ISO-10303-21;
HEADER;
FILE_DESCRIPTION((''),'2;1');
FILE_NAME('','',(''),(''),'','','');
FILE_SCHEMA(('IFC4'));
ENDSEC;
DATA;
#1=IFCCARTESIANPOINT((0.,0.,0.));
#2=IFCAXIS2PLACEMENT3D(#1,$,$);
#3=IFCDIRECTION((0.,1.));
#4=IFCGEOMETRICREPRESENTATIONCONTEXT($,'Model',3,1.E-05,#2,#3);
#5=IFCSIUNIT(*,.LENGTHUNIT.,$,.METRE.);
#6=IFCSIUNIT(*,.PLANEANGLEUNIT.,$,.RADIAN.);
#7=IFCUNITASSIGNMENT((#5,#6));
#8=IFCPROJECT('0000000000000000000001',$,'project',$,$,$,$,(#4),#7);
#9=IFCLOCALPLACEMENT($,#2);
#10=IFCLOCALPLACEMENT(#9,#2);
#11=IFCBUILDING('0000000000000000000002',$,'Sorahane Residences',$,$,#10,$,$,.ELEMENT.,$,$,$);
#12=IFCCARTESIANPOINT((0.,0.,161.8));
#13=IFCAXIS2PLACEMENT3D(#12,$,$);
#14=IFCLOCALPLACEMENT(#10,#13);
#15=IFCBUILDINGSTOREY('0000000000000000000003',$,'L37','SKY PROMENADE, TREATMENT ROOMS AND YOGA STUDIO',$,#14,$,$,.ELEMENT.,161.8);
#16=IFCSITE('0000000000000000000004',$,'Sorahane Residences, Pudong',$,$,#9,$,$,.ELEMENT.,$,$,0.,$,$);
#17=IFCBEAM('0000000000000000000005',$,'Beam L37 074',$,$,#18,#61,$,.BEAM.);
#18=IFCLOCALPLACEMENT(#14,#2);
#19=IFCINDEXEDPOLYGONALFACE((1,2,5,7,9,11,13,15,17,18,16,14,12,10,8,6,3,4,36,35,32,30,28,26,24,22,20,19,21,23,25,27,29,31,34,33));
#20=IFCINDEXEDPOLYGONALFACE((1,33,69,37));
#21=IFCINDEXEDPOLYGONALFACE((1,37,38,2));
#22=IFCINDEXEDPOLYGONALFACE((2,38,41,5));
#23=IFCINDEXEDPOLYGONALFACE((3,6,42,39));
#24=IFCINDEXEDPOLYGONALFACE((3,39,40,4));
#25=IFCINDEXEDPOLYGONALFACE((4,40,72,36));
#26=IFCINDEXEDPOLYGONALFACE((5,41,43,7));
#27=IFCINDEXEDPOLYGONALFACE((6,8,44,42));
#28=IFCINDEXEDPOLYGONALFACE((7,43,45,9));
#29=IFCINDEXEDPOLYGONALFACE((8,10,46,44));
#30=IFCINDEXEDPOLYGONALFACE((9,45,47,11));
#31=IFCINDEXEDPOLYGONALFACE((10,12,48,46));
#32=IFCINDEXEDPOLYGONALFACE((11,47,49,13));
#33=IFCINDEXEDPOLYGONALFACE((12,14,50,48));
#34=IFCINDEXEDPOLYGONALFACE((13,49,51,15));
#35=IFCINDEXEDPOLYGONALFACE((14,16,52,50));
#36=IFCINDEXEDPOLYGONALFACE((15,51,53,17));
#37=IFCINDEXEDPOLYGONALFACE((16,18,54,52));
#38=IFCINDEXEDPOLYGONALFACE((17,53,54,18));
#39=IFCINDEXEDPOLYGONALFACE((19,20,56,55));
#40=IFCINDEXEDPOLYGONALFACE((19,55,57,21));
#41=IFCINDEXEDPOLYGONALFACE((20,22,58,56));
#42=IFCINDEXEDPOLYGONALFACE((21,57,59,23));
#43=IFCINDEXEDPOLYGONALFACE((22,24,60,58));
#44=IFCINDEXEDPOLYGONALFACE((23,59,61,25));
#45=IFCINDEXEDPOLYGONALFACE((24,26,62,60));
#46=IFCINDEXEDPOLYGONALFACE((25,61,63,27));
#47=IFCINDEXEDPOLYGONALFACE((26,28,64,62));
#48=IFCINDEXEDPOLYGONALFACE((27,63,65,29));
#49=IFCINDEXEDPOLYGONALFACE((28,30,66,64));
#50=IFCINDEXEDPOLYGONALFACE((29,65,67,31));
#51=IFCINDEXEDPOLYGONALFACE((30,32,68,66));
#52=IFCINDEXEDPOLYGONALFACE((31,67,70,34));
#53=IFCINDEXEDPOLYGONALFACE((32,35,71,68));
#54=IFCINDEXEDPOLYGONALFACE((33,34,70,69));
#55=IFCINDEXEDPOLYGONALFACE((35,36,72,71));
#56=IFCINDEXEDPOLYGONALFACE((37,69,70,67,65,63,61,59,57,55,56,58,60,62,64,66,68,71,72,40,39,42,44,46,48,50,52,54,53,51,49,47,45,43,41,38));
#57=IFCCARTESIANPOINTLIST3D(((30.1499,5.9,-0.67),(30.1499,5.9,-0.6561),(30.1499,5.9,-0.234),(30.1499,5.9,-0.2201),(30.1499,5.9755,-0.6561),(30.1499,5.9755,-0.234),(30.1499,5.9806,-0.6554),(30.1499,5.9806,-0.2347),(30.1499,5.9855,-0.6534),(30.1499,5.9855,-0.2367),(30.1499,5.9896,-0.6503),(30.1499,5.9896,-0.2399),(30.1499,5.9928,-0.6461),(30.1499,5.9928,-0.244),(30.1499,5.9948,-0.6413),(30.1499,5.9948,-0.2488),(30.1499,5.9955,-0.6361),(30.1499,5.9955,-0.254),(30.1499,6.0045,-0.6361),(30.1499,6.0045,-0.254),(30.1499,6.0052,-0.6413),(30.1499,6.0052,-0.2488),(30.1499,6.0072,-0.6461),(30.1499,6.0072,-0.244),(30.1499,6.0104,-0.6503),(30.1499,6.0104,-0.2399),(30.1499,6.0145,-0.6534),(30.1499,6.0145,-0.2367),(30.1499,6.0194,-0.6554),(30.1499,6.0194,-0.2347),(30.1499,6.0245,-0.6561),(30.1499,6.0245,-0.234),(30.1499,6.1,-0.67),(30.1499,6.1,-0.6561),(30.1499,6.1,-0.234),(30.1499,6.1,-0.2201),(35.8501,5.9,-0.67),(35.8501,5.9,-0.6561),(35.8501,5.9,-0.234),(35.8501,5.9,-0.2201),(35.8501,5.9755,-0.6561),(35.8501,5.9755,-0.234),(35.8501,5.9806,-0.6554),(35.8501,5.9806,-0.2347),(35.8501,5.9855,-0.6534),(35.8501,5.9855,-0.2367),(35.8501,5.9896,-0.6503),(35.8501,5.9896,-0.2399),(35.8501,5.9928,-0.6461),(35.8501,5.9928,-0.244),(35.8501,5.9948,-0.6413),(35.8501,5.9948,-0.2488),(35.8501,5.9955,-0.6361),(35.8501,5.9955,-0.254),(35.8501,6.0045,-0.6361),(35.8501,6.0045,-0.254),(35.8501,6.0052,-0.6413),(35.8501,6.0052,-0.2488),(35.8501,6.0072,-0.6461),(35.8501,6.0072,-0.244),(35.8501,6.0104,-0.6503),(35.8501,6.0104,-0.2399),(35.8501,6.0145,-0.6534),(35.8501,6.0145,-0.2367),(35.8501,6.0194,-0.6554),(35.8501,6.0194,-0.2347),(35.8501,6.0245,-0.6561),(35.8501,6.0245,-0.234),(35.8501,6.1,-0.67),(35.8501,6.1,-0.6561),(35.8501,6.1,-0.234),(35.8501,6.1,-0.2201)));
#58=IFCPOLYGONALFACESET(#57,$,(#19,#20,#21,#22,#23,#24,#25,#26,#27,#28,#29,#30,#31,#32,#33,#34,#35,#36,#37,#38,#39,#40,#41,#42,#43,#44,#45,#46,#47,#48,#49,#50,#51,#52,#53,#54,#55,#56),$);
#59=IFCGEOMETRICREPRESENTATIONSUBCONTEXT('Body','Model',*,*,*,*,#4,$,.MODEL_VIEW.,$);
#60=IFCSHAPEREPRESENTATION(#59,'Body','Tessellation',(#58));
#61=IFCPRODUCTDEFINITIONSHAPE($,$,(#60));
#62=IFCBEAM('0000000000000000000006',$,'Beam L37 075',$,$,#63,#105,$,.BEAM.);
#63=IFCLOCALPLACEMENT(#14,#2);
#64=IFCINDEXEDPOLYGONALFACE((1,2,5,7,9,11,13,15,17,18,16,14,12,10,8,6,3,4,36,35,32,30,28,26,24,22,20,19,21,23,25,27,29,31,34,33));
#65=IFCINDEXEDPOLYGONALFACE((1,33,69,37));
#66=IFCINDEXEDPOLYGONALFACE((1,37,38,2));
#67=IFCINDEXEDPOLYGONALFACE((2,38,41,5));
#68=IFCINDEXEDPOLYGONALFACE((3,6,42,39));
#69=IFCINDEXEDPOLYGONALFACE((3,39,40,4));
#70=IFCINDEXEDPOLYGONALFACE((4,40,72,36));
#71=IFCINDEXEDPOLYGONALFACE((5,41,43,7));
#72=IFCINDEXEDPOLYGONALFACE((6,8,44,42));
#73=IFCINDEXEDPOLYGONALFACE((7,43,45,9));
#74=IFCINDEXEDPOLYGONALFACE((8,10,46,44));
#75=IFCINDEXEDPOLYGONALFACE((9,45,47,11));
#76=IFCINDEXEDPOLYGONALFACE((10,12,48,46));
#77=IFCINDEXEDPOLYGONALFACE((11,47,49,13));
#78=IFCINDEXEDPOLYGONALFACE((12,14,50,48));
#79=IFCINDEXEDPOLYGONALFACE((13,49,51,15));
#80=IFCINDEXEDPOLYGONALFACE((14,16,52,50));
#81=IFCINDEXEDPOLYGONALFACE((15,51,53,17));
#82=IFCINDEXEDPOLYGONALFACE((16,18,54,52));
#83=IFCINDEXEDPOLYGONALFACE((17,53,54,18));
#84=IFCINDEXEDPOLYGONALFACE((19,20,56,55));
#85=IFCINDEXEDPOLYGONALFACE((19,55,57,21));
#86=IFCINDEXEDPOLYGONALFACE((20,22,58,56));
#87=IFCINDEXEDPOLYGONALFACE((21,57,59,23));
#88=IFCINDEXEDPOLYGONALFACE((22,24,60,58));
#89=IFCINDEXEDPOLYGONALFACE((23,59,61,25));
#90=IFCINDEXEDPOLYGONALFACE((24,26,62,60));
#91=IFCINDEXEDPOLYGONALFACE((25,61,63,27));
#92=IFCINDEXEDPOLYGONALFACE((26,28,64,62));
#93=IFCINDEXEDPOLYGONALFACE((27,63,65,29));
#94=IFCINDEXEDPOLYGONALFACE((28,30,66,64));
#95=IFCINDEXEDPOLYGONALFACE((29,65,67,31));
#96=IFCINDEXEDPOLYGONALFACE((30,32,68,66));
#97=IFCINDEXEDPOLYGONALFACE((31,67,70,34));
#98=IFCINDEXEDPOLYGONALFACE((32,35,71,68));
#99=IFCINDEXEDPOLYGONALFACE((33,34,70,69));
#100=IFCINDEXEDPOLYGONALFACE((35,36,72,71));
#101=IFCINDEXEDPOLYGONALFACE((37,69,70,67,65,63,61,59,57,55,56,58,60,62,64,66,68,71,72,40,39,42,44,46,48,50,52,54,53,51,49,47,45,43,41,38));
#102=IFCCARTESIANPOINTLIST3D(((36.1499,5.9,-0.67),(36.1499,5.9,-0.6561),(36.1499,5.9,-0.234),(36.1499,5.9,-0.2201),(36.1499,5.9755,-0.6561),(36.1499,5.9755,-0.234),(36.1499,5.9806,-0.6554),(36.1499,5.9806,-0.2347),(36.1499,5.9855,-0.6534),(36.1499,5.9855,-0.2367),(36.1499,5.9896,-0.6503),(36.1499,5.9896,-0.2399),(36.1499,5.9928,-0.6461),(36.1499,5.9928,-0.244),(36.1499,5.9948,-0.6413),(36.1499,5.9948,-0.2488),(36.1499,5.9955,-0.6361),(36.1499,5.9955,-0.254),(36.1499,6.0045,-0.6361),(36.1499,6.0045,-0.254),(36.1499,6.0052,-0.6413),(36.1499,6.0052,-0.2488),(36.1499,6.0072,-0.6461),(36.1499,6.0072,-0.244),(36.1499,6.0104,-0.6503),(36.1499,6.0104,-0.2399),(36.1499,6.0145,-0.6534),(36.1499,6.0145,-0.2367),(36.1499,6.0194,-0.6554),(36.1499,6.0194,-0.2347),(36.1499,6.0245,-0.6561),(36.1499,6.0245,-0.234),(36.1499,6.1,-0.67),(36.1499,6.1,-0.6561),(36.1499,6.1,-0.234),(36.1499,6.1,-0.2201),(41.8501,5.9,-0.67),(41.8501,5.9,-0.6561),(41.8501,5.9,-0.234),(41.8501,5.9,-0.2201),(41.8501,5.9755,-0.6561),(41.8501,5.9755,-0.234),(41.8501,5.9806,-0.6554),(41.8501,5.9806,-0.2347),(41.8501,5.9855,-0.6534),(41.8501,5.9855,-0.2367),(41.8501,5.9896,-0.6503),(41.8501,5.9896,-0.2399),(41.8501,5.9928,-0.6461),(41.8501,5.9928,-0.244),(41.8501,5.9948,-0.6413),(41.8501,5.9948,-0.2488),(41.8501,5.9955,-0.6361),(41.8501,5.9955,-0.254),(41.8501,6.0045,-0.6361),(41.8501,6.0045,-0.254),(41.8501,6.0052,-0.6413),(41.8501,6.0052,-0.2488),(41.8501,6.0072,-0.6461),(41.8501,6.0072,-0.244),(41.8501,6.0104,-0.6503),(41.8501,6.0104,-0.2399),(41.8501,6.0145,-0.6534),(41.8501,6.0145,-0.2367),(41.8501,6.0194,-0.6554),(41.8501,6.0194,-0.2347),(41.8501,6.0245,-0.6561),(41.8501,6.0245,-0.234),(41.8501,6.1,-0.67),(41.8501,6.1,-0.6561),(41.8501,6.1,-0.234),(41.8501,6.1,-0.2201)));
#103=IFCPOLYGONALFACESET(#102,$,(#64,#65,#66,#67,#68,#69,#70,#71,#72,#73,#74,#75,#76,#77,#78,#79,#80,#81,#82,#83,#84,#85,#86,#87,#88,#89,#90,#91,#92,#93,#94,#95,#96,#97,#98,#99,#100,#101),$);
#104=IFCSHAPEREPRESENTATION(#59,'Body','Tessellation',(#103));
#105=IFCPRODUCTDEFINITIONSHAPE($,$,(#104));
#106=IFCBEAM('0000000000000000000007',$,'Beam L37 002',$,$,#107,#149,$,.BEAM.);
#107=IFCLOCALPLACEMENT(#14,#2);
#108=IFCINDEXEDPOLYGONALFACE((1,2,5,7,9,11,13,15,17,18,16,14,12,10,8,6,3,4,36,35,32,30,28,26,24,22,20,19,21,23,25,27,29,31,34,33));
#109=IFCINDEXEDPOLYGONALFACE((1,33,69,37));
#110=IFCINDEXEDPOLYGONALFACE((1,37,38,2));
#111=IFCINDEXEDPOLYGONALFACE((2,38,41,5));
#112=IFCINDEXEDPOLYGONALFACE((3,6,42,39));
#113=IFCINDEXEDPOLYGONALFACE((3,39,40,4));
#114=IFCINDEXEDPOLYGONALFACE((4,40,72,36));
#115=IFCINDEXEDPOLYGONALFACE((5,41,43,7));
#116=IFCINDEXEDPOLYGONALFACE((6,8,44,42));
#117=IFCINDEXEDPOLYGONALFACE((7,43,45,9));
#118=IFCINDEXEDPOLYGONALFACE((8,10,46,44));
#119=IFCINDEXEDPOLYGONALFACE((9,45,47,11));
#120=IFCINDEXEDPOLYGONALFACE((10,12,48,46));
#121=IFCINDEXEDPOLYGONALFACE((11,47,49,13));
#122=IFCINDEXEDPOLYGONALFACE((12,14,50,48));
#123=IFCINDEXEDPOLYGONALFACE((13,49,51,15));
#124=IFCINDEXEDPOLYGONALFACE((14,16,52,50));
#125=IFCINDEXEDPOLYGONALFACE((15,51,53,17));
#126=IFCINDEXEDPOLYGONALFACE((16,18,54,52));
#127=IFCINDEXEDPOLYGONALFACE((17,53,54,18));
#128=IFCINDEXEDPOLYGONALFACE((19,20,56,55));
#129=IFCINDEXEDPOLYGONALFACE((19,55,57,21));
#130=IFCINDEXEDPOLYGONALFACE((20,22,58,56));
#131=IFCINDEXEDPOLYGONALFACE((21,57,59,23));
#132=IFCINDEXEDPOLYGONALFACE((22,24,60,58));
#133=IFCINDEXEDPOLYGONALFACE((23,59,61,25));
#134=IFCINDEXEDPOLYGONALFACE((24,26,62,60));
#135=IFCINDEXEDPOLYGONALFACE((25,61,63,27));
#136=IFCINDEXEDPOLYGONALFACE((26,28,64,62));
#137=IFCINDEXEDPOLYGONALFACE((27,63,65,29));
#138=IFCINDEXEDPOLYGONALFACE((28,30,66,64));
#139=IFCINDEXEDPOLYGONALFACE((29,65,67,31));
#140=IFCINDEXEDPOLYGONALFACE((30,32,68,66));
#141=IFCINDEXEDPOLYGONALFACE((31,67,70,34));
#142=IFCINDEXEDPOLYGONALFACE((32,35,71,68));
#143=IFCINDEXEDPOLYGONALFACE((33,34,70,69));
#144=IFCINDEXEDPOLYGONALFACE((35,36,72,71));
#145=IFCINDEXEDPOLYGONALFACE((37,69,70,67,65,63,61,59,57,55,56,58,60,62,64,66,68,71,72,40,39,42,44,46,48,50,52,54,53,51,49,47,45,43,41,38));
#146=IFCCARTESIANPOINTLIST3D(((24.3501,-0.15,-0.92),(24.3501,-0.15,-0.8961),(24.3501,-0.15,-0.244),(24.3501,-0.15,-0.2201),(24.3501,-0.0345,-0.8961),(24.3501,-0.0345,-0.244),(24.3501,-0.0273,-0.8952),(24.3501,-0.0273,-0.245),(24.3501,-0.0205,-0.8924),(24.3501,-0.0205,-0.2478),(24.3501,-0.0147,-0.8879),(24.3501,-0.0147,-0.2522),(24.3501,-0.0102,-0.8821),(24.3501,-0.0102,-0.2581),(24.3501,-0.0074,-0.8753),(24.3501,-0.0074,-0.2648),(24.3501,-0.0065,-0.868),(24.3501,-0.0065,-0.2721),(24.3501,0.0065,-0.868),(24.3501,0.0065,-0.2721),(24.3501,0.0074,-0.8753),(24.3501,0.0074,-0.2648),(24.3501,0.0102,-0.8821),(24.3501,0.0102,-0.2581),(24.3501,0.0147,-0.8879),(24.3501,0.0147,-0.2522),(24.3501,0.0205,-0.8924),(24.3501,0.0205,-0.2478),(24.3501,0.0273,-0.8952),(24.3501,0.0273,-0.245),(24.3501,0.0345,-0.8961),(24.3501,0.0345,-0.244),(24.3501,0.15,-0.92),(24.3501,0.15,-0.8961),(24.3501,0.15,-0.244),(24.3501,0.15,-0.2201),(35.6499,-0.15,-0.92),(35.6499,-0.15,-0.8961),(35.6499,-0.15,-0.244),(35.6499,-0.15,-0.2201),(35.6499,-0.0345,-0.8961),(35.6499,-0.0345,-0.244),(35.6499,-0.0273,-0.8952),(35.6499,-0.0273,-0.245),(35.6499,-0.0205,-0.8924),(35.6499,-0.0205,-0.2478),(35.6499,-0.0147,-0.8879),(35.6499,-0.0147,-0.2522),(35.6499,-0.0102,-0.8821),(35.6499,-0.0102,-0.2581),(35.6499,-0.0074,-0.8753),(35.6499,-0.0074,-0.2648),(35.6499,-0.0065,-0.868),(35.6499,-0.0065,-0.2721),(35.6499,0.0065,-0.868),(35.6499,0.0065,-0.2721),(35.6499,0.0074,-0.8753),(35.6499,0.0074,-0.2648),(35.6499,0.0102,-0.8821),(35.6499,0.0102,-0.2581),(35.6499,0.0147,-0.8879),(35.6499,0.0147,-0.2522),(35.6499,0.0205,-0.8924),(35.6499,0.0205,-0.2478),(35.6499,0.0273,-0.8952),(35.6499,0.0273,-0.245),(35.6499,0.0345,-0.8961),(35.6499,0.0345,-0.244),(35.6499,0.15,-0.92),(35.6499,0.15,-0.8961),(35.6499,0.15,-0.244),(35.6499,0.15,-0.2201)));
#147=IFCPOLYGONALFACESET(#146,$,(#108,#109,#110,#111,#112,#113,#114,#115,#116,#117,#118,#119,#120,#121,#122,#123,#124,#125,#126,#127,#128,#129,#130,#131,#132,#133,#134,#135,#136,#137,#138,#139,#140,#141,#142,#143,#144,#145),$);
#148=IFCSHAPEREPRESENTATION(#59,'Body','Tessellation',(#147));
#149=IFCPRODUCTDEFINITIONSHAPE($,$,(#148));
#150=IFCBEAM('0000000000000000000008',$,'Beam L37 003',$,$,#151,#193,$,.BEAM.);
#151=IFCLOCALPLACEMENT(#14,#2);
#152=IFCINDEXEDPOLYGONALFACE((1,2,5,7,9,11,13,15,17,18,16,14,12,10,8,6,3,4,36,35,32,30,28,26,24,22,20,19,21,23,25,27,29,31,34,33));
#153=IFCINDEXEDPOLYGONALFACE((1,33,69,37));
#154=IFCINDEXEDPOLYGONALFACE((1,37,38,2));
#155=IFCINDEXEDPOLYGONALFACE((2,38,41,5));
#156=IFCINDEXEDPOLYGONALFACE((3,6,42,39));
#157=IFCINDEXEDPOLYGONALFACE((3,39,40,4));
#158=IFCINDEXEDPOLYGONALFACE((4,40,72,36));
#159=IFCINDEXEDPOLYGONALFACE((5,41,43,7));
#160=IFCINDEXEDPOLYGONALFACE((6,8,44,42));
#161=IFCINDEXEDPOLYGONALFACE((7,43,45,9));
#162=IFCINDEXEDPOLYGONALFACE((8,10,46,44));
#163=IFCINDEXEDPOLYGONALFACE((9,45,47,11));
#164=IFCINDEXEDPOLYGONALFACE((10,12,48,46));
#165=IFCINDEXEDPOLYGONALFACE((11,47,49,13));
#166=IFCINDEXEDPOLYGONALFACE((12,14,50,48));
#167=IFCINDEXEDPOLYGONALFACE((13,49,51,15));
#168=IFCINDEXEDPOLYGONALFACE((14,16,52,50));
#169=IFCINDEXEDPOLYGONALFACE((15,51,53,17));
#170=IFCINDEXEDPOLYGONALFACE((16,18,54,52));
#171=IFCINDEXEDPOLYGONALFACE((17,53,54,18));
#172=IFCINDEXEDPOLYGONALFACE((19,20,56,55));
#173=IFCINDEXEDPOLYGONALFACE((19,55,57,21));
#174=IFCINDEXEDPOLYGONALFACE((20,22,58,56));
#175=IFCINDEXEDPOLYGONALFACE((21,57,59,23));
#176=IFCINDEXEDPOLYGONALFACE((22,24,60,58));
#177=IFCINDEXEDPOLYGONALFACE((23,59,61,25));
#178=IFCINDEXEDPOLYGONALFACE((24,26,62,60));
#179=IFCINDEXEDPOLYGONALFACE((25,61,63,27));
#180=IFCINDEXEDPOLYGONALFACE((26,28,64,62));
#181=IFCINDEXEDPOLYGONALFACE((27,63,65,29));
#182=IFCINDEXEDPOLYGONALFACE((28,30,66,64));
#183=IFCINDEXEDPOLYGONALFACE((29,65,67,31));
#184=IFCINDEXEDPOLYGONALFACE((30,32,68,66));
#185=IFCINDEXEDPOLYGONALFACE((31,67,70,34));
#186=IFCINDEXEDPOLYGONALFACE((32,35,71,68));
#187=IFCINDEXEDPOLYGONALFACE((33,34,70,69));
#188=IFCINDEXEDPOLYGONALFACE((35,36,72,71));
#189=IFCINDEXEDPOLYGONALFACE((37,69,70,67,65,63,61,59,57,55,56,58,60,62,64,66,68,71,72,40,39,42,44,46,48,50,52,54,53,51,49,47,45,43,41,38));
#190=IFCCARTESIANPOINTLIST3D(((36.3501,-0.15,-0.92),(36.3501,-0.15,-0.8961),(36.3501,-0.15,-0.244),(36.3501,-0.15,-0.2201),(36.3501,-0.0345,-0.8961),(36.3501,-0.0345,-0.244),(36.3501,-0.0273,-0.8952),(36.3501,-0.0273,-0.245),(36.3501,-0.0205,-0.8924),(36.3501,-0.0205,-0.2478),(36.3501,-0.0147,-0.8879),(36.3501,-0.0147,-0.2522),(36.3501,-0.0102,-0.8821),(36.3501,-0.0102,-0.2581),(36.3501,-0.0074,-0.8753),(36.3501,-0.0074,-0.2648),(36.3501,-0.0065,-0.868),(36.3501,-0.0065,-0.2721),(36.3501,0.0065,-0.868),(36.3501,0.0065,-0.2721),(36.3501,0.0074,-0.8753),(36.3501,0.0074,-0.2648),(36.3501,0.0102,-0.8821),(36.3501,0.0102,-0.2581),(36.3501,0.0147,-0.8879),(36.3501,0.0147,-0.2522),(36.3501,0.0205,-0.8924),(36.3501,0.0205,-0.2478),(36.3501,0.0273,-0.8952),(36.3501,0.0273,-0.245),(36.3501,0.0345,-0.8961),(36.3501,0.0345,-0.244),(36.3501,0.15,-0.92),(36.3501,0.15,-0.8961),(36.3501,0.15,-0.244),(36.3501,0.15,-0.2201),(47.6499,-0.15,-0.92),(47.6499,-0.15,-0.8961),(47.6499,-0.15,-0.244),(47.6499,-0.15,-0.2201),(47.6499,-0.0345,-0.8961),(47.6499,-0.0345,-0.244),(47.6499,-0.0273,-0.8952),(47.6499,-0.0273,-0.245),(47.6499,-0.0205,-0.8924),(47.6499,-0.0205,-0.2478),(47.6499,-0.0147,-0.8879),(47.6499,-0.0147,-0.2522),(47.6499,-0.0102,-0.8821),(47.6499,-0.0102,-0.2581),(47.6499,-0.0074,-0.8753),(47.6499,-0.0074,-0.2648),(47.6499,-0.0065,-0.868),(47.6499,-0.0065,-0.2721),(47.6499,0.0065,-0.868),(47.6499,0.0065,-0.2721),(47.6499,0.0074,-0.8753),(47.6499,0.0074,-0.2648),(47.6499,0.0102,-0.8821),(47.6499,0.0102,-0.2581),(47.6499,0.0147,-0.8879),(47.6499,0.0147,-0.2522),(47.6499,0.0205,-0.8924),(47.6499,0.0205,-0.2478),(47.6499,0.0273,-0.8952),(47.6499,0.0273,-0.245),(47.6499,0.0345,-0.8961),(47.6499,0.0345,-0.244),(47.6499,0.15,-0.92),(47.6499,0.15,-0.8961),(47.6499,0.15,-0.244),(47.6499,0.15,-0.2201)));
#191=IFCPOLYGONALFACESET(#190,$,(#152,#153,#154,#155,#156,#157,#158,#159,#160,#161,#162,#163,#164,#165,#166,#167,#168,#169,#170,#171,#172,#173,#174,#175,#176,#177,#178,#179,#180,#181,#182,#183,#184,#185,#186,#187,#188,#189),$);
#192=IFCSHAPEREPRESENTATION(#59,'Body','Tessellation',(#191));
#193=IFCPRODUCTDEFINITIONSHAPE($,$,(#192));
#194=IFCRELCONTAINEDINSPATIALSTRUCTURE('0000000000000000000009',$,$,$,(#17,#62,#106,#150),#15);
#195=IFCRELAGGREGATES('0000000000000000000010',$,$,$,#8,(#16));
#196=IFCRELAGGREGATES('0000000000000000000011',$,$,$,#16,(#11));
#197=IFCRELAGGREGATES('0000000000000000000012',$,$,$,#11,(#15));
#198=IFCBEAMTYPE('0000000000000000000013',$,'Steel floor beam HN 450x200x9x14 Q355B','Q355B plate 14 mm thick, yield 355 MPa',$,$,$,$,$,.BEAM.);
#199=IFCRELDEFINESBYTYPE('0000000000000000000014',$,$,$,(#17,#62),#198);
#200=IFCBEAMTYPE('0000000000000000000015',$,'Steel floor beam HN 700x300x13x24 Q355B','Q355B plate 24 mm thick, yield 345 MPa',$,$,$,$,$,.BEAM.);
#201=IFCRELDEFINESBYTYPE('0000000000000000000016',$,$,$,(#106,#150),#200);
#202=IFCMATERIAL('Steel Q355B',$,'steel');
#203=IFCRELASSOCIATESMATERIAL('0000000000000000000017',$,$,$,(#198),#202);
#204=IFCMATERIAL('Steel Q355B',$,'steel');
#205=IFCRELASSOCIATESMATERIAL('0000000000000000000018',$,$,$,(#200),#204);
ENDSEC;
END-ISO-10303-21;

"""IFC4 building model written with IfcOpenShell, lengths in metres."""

from ifc_helpers import new_model, si_unit, direction, frame, origin, origin_2d, place, context, subcontext, project, spatial, i_section, extrude, material, material_profile, profile_set, type_object, element, save


model = new_model("IFC4")

# Units and contexts
model_context = context("Model", 3, precision=1e-05, world=origin(), true_north=direction((0.0, 1.0)))
body_context = subcontext(model_context, "Body", "Model", "MODEL_VIEW")
ifc_project = project(units=[si_unit("LENGTHUNIT", "METRE"), si_unit("PLANEANGLEUNIT", "RADIAN")], contexts=[model_context])

# Site, building, storey
site_placement = place(None, origin())
site = spatial("IfcSite", under=ifc_project, at=site_placement, Name="Sorahane Residences, Pudong", CompositionType="ELEMENT", RefElevation=0.0)
building_placement = place(site_placement, origin())
building = spatial("IfcBuilding", under=site, at=building_placement, Name="Sorahane Residences", CompositionType="ELEMENT")
storey_placement = place(building_placement, frame((0.0, 0.0, 161.8)))
storey = spatial("IfcBuildingStorey", under=building, at=storey_placement, Name="L37", Description="SKY PROMENADE, TREATMENT ROOMS AND YOGA STUDIO", CompositionType="ELEMENT", Elevation=161.8)

# Beams
ifc_material_1 = material(Name="Steel Q355B", Category="steel")
ifc_material_profile_1 = material_profile(ifc_material_1, i_section(OverallWidth=0.2, OverallDepth=0.45, WebThickness=0.009, FlangeThickness=0.0139, FilletRadius=0.02, at=origin_2d()), Name="HN 450x200x9x14")
ifc_profile_set_1 = profile_set([ifc_material_profile_1], Name="Steel Q355B")
beam_type_1 = type_object("IfcBeamType", Name="Steel floor beam HN 450x200x9x14 Q355B", Description="Q355B plate 14 mm thick, yield 355 MPa", PredefinedType="BEAM", material=ifc_profile_set_1)
for number, where, z_axis, x_axis, name in (
    (1, (30.1499, 6.0, -0.4451), (1.0, 0.0, 0.0), (0.0, 1.0, 0.0), "Beam L37 074"),
    (2, (36.1499, 6.0, -0.4451), (1.0, 0.0, 0.0), (0.0, 1.0, 0.0), "Beam L37 075"),
):
    element("IfcBeam", number, at=place(storey_placement, frame(where, z_axis=z_axis, x_axis=x_axis)), inside=storey, type_object=beam_type_1, Name=name, PredefinedType="BEAM", context=body_context, shape_type="SweptSolid", body=[
        extrude(i_section(OverallWidth=0.2, OverallDepth=0.45, WebThickness=0.009, FlangeThickness=0.0139, FilletRadius=0.02, at=origin_2d()), origin(), (0.0, 0.0, 1.0), 5.7002),
    ])
ifc_material_2 = material(Name="Steel Q355B", Category="steel")
ifc_material_profile_2 = material_profile(ifc_material_2, i_section(OverallWidth=0.3, OverallDepth=0.7, WebThickness=0.0129, FlangeThickness=0.0239, FilletRadius=0.0281, at=origin_2d()), Name="HN 700x300x13x24")
ifc_profile_set_2 = profile_set([ifc_material_profile_2], Name="Steel Q355B")
beam_type_2 = type_object("IfcBeamType", Name="Steel floor beam HN 700x300x13x24 Q355B", Description="Q355B plate 24 mm thick, yield 345 MPa", PredefinedType="BEAM", material=ifc_profile_set_2)
for number, where, z_axis, x_axis, name in (
    (3, (24.3501, 0.0, -0.5701), (1.0, 0.0, 0.0), (0.0, 1.0, 0.0), "Beam L37 002"),
    (4, (36.3501, 0.0, -0.5701), (1.0, 0.0, 0.0), (0.0, 1.0, 0.0), "Beam L37 003"),
):
    element("IfcBeam", number, at=place(storey_placement, frame(where, z_axis=z_axis, x_axis=x_axis)), inside=storey, type_object=beam_type_2, Name=name, PredefinedType="BEAM", context=body_context, shape_type="SweptSolid", body=[
        extrude(i_section(OverallWidth=0.3, OverallDepth=0.7, WebThickness=0.0129, FlangeThickness=0.0239, FilletRadius=0.0281, at=origin_2d()), origin(), (0.0, 0.0, 1.0), 11.2998),
    ])

save(model, "model.ifc")
